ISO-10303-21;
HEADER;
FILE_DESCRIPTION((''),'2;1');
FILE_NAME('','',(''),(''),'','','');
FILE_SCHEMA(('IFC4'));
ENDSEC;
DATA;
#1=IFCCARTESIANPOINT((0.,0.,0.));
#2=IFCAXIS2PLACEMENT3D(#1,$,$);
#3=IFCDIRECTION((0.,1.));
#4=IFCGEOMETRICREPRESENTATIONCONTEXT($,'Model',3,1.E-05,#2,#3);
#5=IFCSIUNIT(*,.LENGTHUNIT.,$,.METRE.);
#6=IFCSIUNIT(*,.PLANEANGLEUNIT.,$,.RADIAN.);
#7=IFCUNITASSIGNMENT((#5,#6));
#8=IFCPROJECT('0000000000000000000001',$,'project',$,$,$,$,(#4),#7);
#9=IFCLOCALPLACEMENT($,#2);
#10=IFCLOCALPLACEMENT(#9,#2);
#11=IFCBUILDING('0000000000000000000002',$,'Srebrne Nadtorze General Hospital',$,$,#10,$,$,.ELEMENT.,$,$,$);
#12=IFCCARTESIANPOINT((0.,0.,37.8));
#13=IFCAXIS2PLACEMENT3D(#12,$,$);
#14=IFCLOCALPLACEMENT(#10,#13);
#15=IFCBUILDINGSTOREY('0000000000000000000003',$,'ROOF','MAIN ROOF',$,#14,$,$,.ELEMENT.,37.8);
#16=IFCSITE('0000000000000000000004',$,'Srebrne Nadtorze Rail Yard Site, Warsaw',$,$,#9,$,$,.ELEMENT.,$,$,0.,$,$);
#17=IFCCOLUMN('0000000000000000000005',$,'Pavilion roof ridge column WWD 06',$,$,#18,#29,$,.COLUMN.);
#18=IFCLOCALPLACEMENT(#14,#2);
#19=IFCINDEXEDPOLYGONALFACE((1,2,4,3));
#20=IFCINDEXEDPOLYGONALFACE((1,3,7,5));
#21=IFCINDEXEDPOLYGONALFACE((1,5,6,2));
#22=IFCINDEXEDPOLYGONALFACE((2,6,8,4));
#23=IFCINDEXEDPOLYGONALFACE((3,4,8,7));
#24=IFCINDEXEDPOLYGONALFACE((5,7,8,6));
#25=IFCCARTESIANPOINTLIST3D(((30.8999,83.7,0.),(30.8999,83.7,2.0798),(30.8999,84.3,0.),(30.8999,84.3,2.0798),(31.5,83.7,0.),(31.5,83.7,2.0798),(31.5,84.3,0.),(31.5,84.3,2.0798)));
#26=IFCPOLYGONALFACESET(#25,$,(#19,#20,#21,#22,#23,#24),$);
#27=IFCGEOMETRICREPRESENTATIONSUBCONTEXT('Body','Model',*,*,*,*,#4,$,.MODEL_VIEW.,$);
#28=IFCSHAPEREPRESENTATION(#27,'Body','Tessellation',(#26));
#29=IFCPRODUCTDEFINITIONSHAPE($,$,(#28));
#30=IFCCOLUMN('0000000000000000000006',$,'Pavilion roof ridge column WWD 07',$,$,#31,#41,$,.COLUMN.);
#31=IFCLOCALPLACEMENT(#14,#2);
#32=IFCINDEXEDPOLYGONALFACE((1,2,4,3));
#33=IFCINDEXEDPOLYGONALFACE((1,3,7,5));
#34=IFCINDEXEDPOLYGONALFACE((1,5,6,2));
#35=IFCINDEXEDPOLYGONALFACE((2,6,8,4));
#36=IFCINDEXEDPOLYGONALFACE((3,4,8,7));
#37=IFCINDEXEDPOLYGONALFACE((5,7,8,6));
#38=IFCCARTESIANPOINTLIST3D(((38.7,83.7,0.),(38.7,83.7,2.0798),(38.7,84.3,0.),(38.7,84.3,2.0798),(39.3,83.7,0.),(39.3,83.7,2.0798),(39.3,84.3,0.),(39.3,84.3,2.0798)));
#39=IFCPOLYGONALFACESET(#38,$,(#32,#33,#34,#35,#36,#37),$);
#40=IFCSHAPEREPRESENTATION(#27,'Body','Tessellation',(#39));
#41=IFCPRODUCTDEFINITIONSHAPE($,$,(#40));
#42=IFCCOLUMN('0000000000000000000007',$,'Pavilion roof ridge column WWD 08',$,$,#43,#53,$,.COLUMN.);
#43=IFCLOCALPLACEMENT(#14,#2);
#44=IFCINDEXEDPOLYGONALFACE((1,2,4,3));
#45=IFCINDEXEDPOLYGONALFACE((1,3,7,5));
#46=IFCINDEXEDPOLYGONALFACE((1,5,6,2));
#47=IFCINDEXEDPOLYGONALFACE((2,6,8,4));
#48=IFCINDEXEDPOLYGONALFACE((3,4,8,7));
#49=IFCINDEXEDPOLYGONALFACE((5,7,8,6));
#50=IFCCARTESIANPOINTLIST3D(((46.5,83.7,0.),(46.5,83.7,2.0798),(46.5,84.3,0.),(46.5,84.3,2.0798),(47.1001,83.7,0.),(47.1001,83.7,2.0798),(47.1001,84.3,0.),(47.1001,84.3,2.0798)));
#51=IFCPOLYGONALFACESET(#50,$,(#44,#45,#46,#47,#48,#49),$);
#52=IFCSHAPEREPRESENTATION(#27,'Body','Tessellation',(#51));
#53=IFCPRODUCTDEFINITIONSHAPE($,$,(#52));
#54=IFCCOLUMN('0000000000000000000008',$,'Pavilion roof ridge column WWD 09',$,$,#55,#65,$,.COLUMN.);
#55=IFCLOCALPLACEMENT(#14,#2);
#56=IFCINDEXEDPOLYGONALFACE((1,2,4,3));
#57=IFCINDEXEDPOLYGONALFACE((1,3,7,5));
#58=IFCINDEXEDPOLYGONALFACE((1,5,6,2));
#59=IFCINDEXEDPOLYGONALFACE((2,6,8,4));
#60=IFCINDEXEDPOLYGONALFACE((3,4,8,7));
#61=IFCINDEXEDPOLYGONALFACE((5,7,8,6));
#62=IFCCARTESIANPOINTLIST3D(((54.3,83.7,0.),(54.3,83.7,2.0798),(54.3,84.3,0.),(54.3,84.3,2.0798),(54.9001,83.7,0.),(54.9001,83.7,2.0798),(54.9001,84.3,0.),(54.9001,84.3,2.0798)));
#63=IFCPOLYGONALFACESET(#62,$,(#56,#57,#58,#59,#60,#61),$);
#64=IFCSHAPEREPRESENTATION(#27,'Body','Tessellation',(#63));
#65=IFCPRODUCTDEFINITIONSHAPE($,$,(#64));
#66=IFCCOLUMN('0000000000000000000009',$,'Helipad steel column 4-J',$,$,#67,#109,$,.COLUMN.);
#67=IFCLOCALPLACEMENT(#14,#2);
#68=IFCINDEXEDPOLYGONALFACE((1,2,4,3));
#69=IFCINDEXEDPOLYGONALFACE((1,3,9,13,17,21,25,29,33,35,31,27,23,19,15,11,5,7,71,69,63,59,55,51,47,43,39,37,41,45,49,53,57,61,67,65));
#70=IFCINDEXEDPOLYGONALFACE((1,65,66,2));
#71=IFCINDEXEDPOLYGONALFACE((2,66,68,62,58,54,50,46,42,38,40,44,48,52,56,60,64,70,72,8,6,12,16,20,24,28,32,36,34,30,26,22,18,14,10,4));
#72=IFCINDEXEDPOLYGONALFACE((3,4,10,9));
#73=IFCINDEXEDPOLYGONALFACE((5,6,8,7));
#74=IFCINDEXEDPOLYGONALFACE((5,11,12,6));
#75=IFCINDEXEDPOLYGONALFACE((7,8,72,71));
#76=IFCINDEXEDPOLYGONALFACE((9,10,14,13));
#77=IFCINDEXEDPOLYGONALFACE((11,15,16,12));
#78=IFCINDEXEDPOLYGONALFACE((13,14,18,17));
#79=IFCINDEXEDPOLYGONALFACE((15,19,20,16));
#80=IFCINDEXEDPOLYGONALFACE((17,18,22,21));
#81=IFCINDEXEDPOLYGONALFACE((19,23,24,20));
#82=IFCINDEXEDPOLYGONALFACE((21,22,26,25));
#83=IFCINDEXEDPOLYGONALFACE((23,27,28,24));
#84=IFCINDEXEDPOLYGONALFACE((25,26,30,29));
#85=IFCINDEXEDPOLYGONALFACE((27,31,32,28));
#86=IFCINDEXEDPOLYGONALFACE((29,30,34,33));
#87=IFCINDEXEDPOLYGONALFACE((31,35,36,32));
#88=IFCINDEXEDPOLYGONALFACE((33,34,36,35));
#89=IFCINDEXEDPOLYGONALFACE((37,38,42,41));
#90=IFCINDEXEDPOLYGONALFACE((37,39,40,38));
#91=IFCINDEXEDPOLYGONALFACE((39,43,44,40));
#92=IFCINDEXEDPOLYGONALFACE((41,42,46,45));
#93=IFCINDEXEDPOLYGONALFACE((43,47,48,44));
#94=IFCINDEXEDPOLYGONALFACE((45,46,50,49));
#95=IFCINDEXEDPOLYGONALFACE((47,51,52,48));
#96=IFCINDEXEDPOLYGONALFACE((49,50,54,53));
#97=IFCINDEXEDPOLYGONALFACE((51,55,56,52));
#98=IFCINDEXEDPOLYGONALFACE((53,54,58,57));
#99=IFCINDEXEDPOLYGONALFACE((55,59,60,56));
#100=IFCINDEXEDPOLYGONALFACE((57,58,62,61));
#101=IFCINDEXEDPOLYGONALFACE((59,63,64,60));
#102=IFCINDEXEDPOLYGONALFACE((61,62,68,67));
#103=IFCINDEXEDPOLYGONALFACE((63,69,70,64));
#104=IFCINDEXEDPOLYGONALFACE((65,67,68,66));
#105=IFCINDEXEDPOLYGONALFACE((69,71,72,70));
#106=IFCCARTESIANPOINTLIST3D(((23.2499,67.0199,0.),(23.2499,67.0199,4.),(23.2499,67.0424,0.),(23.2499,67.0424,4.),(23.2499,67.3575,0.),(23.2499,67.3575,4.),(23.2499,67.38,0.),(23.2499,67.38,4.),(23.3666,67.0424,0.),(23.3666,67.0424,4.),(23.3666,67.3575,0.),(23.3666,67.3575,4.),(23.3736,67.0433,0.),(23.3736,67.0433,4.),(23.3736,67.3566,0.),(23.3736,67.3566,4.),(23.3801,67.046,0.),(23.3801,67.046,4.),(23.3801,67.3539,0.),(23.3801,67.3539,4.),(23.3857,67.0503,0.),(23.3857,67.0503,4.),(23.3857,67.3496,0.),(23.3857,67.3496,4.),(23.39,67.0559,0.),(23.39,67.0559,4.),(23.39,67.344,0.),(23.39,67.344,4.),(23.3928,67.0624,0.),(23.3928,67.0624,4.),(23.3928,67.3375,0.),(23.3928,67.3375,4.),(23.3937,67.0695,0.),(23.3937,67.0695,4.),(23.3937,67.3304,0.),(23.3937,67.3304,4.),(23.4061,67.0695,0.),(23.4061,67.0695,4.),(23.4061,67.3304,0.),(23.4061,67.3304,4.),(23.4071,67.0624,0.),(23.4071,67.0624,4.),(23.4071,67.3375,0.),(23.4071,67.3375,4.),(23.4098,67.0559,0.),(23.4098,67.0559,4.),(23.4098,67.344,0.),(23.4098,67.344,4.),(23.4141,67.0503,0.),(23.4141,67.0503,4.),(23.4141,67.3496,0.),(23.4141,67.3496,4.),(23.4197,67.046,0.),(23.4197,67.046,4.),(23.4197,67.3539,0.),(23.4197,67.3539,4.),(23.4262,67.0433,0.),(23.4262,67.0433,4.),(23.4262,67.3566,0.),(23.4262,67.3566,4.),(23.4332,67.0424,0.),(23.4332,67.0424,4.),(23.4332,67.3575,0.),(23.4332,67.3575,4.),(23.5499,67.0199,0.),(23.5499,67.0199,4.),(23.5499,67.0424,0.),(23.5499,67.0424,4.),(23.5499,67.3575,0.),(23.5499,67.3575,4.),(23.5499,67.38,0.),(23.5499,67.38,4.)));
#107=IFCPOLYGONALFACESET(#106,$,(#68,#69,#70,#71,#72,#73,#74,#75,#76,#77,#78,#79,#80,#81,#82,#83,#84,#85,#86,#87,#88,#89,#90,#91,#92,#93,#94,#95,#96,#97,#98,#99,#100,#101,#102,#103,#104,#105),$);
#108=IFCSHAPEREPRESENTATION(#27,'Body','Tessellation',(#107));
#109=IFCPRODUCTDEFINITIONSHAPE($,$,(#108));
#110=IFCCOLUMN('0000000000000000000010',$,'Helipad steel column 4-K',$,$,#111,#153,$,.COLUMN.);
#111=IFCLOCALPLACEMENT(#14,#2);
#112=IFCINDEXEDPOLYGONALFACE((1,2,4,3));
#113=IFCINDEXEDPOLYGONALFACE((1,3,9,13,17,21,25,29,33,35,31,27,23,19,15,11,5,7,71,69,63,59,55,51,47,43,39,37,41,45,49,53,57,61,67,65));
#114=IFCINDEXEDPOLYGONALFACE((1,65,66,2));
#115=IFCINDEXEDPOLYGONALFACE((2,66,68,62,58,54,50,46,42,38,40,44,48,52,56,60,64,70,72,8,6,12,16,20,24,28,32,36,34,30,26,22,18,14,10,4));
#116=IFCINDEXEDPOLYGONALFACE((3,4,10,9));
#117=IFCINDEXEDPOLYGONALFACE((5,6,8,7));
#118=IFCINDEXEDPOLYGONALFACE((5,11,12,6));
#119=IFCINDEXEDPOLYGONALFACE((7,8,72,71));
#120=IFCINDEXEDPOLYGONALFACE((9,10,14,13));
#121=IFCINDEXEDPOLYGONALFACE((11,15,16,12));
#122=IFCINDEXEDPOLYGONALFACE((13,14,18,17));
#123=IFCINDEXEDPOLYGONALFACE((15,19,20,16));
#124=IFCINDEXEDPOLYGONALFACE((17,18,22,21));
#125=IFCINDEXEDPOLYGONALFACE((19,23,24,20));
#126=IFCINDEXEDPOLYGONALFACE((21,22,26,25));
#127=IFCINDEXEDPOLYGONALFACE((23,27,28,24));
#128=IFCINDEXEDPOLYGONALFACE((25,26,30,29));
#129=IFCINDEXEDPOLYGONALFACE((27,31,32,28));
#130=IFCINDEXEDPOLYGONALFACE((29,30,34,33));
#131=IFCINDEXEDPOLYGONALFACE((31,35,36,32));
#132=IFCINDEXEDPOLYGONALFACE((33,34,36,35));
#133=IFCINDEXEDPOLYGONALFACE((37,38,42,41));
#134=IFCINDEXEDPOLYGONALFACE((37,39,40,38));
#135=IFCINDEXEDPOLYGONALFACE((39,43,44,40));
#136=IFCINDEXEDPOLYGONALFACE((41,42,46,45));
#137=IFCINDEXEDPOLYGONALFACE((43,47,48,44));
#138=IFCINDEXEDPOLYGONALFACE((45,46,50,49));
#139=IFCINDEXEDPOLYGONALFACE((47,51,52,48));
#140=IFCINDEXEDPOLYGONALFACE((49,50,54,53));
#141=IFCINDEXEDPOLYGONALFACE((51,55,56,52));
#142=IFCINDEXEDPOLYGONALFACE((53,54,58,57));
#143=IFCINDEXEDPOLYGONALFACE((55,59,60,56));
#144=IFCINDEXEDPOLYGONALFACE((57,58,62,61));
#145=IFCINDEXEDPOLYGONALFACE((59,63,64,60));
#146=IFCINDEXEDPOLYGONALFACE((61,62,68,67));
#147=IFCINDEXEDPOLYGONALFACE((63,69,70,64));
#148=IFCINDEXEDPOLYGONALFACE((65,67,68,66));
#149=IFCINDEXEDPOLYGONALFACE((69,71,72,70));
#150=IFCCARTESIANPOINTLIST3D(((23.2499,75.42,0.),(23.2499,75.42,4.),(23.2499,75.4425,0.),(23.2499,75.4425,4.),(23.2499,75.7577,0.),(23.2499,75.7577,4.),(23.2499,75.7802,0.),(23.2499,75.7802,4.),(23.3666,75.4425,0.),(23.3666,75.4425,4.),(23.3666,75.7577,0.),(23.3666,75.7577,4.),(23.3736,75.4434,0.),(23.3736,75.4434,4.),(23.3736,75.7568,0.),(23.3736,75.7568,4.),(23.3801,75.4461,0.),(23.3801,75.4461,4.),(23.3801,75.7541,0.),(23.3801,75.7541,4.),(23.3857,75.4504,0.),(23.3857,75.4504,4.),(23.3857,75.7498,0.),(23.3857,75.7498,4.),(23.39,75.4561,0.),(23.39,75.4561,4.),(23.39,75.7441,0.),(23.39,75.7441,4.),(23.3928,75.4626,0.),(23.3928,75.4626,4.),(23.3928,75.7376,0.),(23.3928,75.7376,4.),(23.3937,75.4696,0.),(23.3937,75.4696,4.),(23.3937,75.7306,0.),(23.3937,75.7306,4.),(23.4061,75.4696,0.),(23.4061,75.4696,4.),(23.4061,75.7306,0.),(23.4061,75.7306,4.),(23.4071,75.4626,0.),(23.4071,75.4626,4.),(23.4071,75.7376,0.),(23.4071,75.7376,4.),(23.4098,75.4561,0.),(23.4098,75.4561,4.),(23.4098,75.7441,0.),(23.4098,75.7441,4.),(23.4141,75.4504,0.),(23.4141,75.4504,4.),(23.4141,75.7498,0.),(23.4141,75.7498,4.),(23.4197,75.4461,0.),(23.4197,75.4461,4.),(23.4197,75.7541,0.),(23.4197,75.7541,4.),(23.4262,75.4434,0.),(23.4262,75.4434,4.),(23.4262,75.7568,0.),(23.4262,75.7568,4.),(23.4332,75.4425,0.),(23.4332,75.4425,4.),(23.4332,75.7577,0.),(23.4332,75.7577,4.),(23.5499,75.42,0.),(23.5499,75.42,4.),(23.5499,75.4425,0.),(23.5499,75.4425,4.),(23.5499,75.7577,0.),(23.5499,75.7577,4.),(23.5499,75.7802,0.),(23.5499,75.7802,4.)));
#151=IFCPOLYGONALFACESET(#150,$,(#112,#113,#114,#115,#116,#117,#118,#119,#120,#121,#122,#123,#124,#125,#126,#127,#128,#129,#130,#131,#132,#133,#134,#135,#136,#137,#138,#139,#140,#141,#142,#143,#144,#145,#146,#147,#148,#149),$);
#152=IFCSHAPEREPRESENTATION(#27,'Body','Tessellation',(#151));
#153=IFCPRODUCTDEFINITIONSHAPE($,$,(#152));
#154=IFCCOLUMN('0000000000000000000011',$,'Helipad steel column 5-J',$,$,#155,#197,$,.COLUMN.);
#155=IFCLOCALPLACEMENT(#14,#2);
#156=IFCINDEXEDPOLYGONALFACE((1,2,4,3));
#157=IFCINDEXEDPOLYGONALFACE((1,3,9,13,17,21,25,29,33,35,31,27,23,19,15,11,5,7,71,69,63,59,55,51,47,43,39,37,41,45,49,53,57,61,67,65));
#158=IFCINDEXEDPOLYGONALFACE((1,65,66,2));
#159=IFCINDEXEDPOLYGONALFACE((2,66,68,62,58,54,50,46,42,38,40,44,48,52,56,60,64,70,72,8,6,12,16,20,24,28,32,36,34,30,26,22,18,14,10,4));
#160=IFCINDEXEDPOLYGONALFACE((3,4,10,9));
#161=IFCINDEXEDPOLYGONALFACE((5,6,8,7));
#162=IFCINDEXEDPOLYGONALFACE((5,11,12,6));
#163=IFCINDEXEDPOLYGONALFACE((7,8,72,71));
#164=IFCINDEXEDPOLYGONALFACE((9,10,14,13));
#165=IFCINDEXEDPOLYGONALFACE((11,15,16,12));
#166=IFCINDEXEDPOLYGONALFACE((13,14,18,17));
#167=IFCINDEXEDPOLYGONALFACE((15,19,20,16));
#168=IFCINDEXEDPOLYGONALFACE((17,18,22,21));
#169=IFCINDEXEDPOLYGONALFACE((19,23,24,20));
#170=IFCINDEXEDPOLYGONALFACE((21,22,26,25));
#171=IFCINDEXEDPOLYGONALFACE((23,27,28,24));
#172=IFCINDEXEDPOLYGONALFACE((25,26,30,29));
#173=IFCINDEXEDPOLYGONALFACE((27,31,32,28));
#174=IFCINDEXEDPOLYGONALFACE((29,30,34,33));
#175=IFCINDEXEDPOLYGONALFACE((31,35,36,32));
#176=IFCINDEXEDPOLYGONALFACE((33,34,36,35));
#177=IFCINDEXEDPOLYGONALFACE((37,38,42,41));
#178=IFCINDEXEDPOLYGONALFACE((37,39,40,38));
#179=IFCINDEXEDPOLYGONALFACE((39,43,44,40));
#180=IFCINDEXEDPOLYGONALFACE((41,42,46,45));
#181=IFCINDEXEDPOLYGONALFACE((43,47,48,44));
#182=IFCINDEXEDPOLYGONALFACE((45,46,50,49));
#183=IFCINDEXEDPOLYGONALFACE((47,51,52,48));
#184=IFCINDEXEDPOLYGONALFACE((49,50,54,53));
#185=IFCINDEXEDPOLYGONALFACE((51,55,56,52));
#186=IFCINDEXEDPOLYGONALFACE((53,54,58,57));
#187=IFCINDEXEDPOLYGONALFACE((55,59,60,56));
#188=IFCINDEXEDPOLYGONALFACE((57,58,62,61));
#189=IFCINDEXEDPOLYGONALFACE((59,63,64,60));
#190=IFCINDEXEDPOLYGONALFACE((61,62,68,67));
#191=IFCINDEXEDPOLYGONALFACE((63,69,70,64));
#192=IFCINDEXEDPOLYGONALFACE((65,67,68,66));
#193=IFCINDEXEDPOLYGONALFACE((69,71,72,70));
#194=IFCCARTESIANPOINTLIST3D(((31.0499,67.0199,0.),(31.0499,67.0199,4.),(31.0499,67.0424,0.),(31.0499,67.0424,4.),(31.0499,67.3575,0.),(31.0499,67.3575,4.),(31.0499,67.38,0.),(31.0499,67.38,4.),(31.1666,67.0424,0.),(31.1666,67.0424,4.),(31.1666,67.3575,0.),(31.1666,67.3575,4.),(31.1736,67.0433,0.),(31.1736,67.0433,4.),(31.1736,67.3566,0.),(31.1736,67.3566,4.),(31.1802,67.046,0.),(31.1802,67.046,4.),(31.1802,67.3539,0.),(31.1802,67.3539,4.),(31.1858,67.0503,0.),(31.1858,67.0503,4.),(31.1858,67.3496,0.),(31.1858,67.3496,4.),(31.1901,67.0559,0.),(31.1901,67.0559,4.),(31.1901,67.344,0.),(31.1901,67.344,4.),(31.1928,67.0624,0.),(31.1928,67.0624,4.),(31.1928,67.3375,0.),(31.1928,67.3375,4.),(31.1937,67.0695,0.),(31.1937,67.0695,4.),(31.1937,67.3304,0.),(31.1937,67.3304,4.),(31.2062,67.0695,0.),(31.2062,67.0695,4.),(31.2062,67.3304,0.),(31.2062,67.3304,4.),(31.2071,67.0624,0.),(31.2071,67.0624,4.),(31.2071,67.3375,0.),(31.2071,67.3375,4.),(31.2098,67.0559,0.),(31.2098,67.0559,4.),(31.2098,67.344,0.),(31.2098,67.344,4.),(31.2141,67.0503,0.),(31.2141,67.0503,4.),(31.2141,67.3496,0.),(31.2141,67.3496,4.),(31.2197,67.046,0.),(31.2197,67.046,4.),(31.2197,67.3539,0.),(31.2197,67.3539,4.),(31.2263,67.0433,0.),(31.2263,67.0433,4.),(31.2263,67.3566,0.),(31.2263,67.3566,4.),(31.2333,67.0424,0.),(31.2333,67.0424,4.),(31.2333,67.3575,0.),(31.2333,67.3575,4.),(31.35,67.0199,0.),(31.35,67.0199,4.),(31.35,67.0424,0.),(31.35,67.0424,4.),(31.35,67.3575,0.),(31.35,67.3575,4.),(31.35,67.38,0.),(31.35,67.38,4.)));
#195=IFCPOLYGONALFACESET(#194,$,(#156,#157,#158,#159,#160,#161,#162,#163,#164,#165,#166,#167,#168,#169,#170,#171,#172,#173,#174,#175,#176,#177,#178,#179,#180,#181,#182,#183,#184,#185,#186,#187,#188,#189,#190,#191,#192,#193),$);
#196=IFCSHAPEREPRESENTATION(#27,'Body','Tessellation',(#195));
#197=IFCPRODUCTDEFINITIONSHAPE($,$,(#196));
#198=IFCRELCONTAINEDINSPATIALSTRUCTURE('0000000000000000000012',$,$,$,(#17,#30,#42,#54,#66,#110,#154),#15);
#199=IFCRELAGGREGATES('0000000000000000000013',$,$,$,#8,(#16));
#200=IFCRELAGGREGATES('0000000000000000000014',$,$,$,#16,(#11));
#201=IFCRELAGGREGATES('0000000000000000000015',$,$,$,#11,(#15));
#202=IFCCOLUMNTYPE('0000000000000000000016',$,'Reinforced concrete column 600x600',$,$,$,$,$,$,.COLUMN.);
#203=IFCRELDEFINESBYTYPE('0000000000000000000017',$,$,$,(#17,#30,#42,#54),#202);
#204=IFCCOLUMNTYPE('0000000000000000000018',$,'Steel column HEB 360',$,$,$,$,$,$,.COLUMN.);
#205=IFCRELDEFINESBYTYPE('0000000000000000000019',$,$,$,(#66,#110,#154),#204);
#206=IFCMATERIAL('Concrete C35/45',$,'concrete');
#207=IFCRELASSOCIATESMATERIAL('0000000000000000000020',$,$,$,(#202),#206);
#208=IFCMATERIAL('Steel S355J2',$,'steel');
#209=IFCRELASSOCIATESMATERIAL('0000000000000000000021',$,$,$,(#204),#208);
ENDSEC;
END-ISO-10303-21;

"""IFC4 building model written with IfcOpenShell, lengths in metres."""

from ifc_helpers import new_model, si_unit, direction, frame, origin, origin_2d, place, context, subcontext, project, spatial, rectangle, i_section, extrude, material, material_profile, profile_set, type_object, element, save


model = new_model("IFC4")

# Units and contexts
model_context = context("Model", 3, precision=1e-05, world=origin(), true_north=direction((0.0, 1.0)))
body_context = subcontext(model_context, "Body", "Model", "MODEL_VIEW")
ifc_project = project(units=[si_unit("LENGTHUNIT", "METRE"), si_unit("PLANEANGLEUNIT", "RADIAN")], contexts=[model_context])

# Site, building, storey
site_placement = place(None, origin())
site = spatial("IfcSite", under=ifc_project, at=site_placement, Name="Srebrne Nadtorze Rail Yard Site, Warsaw", CompositionType="ELEMENT", RefElevation=0.0)
building_placement = place(site_placement, origin())
building = spatial("IfcBuilding", under=site, at=building_placement, Name="Srebrne Nadtorze General Hospital", CompositionType="ELEMENT")
storey_placement = place(building_placement, frame((0.0, 0.0, 37.8)))
storey = spatial("IfcBuildingStorey", under=building, at=storey_placement, Name="ROOF", Description="MAIN ROOF", CompositionType="ELEMENT", Elevation=37.8)

# Columns
ifc_material_1 = material(Name="Concrete C35/45", Category="concrete")
ifc_material_profile_1 = material_profile(ifc_material_1, rectangle(XDim=0.6001, YDim=0.6001, at=origin_2d()), Name="RC-COL-600x600")
ifc_profile_set_1 = profile_set([ifc_material_profile_1], Name="Concrete C35/45")
column_type_1 = type_object("IfcColumnType", Name="Reinforced concrete column 600x600", PredefinedType="COLUMN", material=ifc_profile_set_1)
for number, where, z_axis, x_axis, name in (
    (1, (31.2, 84.0, 0.0), (0.0, 0.0, 1.0), (1.0, 0.0, 0.0), "Pavilion roof ridge column WWD 06"),
    (2, (39.0, 84.0, 0.0), (0.0, 0.0, 1.0), (1.0, 0.0, 0.0), "Pavilion roof ridge column WWD 07"),
    (3, (46.8, 84.0, 0.0), (0.0, 0.0, 1.0), (1.0, 0.0, 0.0), "Pavilion roof ridge column WWD 08"),
    (4, (54.6001, 84.0, 0.0), (0.0, 0.0, 1.0), (1.0, 0.0, 0.0), "Pavilion roof ridge column WWD 09"),
):
    element("IfcColumn", number, at=place(storey_placement, frame(where, z_axis=z_axis, x_axis=x_axis)), inside=storey, type_object=column_type_1, Name=name, PredefinedType="COLUMN", context=body_context, shape_type="SweptSolid", body=[
        extrude(rectangle(XDim=0.6001, YDim=0.6001, at=origin_2d()), origin(), (0.0, 0.0, 1.0), 2.0798),
    ])
ifc_material_2 = material(Name="Steel S355J2", Category="steel")
ifc_material_profile_2 = material_profile(ifc_material_2, i_section(OverallWidth=0.3, OverallDepth=0.3601, WebThickness=0.0125, FlangeThickness=0.0225, FilletRadius=0.0271, at=origin_2d()), Name="HEB-360")
ifc_profile_set_2 = profile_set([ifc_material_profile_2], Name="Steel S355J2")
column_type_2 = type_object("IfcColumnType", Name="Steel column HEB 360", PredefinedType="COLUMN", material=ifc_profile_set_2)
for number, where, z_axis, x_axis, name in (
    (5, (23.3999, 67.2, 0.0), (0.0, 0.0, 1.0), (1.0, 0.0, 0.0), "Helipad steel column 4-J"),
    (6, (23.3999, 75.6001, 0.0), (0.0, 0.0, 1.0), (1.0, 0.0, 0.0), "Helipad steel column 4-K"),
    (7, (31.2, 67.2, 0.0), (0.0, 0.0, 1.0), (1.0, 0.0, 0.0), "Helipad steel column 5-J"),
):
    element("IfcColumn", number, at=place(storey_placement, frame(where, z_axis=z_axis, x_axis=x_axis)), inside=storey, type_object=column_type_2, Name=name, PredefinedType="COLUMN", context=body_context, shape_type="SweptSolid", body=[
        extrude(i_section(OverallWidth=0.3, OverallDepth=0.3601, WebThickness=0.0125, FlangeThickness=0.0225, FilletRadius=0.0271, at=origin_2d()), origin(), (0.0, 0.0, 1.0), 4.0),
    ])

save(model, "model.ifc")
